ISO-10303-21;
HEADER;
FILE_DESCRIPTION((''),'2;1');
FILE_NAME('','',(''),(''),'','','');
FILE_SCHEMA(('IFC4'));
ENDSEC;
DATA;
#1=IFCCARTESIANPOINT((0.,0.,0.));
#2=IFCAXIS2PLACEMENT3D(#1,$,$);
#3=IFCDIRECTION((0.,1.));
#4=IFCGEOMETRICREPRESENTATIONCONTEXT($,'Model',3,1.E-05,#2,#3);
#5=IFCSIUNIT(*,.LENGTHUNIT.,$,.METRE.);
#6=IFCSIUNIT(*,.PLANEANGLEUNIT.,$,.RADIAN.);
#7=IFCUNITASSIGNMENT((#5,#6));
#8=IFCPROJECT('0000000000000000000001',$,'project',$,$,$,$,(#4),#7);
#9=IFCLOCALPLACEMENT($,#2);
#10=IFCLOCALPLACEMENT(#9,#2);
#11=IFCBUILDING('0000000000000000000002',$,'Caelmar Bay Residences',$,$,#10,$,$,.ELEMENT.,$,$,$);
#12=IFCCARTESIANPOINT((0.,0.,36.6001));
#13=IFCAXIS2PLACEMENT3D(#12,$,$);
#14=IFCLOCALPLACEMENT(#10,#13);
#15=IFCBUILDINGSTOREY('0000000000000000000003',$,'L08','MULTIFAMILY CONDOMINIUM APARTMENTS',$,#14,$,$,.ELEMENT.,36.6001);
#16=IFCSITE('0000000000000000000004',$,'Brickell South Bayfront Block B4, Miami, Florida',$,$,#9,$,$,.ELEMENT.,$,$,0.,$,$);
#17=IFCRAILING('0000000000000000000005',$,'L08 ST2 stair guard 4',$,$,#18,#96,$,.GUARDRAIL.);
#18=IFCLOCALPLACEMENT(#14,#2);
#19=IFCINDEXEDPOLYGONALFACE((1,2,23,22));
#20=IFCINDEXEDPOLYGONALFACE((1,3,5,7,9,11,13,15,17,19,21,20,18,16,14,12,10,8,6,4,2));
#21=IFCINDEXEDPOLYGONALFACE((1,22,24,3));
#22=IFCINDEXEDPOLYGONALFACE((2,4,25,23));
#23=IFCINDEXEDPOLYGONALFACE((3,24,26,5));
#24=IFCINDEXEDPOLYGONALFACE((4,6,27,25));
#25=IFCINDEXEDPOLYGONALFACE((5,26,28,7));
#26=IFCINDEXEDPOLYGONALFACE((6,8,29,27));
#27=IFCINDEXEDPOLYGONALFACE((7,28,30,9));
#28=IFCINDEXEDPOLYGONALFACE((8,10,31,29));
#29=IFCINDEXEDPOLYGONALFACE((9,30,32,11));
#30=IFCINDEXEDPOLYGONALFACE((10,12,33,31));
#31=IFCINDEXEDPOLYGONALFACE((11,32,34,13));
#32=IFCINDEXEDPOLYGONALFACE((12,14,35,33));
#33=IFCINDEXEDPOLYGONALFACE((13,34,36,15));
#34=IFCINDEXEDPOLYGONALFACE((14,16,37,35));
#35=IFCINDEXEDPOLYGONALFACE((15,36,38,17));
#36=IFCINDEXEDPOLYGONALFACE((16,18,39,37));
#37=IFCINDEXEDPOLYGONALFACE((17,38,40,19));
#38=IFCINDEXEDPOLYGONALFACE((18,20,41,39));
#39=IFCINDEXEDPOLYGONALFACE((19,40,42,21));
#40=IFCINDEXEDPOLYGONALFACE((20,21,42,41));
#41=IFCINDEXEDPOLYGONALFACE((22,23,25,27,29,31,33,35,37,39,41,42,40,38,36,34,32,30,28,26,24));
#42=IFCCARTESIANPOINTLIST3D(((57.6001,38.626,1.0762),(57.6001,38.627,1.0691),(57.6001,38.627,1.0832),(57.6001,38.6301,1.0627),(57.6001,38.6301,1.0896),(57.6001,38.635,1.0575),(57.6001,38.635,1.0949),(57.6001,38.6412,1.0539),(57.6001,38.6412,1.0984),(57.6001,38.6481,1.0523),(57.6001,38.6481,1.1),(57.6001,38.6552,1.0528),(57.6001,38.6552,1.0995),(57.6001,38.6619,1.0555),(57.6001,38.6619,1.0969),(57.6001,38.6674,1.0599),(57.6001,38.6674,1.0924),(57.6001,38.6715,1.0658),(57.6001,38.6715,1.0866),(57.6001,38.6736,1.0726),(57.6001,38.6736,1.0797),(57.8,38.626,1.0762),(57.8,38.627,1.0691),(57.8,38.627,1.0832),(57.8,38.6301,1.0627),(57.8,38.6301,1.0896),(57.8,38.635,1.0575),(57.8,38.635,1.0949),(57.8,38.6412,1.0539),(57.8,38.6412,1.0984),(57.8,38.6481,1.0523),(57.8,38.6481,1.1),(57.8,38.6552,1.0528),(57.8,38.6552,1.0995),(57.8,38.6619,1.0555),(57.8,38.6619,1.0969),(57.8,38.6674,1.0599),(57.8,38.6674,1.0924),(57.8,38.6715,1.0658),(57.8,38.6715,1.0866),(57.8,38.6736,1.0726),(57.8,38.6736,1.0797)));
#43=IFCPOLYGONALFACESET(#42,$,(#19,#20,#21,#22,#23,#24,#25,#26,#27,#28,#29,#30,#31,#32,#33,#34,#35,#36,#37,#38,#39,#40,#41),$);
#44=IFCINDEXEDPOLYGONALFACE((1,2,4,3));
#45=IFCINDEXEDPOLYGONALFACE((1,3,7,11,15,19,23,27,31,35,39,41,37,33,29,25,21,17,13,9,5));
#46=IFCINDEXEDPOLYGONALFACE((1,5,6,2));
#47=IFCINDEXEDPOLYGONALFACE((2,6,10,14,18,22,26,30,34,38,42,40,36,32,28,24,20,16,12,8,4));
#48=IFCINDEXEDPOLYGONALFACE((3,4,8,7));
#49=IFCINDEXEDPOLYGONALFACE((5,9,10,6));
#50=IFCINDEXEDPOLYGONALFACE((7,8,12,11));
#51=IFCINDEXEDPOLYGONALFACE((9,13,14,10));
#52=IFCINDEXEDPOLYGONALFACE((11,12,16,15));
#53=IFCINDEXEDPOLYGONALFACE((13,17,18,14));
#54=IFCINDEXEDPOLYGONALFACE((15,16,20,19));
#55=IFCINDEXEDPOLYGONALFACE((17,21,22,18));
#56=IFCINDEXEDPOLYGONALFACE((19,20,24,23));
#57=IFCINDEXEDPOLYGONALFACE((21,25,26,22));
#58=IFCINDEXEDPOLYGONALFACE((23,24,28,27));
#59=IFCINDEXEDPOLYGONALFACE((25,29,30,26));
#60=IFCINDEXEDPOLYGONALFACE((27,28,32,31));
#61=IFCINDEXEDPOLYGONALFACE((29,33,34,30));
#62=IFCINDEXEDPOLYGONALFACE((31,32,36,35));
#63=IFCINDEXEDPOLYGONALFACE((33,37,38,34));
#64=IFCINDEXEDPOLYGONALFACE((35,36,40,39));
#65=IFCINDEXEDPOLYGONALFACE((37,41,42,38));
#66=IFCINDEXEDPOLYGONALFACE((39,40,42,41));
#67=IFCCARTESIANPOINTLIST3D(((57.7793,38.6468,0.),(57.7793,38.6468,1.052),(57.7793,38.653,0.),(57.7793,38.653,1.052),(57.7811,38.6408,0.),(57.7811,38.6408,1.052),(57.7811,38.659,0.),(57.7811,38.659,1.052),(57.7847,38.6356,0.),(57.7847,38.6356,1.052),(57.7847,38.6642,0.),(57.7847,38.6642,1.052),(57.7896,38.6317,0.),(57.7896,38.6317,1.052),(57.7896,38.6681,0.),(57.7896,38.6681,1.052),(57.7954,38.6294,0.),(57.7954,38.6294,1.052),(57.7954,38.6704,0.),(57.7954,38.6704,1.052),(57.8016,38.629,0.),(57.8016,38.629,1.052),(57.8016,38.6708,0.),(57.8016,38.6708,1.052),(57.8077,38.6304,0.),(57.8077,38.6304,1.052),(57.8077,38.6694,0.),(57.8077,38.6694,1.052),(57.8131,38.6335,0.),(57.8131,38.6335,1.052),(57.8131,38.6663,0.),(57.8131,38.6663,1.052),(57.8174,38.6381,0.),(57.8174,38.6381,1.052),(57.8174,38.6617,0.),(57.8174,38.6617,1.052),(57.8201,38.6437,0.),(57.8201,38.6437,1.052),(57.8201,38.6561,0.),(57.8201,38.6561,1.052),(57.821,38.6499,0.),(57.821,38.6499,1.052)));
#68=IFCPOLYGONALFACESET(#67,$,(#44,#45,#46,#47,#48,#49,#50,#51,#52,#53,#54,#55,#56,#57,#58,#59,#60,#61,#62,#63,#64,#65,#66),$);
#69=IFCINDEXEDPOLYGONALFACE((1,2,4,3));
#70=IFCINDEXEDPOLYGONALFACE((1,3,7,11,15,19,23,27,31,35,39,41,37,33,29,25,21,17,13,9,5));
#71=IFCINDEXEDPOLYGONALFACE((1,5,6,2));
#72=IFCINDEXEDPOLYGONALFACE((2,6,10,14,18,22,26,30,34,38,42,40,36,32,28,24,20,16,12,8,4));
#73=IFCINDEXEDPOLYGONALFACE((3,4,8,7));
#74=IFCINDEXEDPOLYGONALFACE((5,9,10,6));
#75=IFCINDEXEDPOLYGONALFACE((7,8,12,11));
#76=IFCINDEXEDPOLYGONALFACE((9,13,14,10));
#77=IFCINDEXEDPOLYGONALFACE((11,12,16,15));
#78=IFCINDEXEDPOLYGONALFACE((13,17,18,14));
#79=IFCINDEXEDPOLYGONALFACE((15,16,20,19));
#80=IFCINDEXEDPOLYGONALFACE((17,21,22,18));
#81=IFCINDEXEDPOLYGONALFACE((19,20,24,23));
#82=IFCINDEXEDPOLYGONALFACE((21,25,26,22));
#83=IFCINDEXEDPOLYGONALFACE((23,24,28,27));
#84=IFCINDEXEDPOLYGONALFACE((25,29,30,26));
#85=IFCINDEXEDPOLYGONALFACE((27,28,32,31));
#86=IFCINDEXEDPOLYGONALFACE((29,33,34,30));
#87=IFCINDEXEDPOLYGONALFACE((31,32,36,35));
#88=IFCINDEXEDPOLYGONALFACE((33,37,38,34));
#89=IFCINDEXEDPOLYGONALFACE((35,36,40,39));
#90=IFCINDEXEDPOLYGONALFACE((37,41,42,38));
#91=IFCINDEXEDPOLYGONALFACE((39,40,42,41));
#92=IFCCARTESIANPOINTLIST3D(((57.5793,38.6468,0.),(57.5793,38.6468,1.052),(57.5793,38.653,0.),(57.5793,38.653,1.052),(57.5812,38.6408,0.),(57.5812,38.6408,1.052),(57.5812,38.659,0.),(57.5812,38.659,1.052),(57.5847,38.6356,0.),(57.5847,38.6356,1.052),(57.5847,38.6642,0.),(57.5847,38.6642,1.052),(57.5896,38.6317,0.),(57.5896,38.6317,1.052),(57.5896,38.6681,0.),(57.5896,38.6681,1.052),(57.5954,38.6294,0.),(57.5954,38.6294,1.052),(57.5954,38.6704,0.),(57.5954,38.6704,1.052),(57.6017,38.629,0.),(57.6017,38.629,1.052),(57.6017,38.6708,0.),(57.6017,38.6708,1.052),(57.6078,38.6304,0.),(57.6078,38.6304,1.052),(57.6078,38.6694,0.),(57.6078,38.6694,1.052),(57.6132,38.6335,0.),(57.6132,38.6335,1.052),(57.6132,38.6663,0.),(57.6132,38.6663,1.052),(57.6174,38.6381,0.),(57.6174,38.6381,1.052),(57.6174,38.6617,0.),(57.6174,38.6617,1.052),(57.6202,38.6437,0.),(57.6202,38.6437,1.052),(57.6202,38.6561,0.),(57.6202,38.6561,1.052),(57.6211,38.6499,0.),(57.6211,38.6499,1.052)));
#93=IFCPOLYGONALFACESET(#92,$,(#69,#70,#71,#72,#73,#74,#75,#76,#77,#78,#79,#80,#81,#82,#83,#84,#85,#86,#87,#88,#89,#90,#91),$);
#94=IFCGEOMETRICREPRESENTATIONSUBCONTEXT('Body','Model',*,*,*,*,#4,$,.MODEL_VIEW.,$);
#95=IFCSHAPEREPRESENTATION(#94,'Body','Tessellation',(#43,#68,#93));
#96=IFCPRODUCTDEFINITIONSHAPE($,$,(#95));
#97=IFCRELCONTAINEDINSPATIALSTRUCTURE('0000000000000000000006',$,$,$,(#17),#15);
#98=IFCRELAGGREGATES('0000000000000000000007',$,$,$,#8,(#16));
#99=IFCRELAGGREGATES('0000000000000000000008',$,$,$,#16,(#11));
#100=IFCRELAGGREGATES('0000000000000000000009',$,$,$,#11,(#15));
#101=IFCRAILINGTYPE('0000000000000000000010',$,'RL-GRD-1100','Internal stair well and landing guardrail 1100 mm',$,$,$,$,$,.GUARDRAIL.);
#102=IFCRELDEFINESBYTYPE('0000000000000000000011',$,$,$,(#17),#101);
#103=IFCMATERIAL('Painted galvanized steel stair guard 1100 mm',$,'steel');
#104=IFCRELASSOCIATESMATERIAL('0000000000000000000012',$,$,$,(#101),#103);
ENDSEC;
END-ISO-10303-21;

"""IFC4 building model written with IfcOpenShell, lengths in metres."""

from ifc_helpers import new_model, si_unit, direction, frame, origin, origin_2d, place, context, subcontext, project, spatial, circle, extrude, material, type_object, element, save


model = new_model("IFC4")

# Units and contexts
model_context = context("Model", 3, precision=1e-05, world=origin(), true_north=direction((0.0, 1.0)))
body_context = subcontext(model_context, "Body", "Model", "MODEL_VIEW")
ifc_project = project(units=[si_unit("LENGTHUNIT", "METRE"), si_unit("PLANEANGLEUNIT", "RADIAN")], contexts=[model_context])

# Site, building, storey
site_placement = place(None, origin())
site = spatial("IfcSite", under=ifc_project, at=site_placement, Name="Brickell South Bayfront Block B4, Miami, Florida", CompositionType="ELEMENT", RefElevation=0.0)
building_placement = place(site_placement, origin())
building = spatial("IfcBuilding", under=site, at=building_placement, Name="Caelmar Bay Residences", CompositionType="ELEMENT")
storey_placement = place(building_placement, frame((0.0, 0.0, 36.6001)))
storey = spatial("IfcBuildingStorey", under=building, at=storey_placement, Name="L08", Description="MULTIFAMILY CONDOMINIUM APARTMENTS", CompositionType="ELEMENT", Elevation=36.6001)

# Railing
ifc_material_1 = material(Name="Painted galvanized steel stair guard 1100 mm", Category="steel")
railing_type_1 = type_object("IfcRailingType", Name="RL-GRD-1100", Description="Internal stair well and landing guardrail 1100 mm", PredefinedType="GUARDRAIL", material=ifc_material_1)
railing_1_placement = place(storey_placement, frame((57.8, 38.6499, 0.0)))
element("IfcRailing", 1, at=railing_1_placement, inside=storey, type_object=railing_type_1, Name="L08 ST2 stair guard 4", PredefinedType="GUARDRAIL", context=body_context, shape_type="SweptSolid", body=[
    extrude(circle(Radius=0.0239, at=origin_2d()), frame((0.0, 0.0, 1.0762), z_axis=(-1.0, 0.0, 0.0), x_axis=(0.0, -1.0, 0.0)), (0.0, 0.0, 1.0), 0.2),
    extrude(circle(Radius=0.021, at=origin_2d()), origin(), (0.0, 0.0, 1.0), 1.052),
    extrude(circle(Radius=0.021, at=origin_2d()), frame((-0.2, 0.0, 0.0)), (0.0, 0.0, 1.0), 1.052),
])

save(model, "model.ifc")
